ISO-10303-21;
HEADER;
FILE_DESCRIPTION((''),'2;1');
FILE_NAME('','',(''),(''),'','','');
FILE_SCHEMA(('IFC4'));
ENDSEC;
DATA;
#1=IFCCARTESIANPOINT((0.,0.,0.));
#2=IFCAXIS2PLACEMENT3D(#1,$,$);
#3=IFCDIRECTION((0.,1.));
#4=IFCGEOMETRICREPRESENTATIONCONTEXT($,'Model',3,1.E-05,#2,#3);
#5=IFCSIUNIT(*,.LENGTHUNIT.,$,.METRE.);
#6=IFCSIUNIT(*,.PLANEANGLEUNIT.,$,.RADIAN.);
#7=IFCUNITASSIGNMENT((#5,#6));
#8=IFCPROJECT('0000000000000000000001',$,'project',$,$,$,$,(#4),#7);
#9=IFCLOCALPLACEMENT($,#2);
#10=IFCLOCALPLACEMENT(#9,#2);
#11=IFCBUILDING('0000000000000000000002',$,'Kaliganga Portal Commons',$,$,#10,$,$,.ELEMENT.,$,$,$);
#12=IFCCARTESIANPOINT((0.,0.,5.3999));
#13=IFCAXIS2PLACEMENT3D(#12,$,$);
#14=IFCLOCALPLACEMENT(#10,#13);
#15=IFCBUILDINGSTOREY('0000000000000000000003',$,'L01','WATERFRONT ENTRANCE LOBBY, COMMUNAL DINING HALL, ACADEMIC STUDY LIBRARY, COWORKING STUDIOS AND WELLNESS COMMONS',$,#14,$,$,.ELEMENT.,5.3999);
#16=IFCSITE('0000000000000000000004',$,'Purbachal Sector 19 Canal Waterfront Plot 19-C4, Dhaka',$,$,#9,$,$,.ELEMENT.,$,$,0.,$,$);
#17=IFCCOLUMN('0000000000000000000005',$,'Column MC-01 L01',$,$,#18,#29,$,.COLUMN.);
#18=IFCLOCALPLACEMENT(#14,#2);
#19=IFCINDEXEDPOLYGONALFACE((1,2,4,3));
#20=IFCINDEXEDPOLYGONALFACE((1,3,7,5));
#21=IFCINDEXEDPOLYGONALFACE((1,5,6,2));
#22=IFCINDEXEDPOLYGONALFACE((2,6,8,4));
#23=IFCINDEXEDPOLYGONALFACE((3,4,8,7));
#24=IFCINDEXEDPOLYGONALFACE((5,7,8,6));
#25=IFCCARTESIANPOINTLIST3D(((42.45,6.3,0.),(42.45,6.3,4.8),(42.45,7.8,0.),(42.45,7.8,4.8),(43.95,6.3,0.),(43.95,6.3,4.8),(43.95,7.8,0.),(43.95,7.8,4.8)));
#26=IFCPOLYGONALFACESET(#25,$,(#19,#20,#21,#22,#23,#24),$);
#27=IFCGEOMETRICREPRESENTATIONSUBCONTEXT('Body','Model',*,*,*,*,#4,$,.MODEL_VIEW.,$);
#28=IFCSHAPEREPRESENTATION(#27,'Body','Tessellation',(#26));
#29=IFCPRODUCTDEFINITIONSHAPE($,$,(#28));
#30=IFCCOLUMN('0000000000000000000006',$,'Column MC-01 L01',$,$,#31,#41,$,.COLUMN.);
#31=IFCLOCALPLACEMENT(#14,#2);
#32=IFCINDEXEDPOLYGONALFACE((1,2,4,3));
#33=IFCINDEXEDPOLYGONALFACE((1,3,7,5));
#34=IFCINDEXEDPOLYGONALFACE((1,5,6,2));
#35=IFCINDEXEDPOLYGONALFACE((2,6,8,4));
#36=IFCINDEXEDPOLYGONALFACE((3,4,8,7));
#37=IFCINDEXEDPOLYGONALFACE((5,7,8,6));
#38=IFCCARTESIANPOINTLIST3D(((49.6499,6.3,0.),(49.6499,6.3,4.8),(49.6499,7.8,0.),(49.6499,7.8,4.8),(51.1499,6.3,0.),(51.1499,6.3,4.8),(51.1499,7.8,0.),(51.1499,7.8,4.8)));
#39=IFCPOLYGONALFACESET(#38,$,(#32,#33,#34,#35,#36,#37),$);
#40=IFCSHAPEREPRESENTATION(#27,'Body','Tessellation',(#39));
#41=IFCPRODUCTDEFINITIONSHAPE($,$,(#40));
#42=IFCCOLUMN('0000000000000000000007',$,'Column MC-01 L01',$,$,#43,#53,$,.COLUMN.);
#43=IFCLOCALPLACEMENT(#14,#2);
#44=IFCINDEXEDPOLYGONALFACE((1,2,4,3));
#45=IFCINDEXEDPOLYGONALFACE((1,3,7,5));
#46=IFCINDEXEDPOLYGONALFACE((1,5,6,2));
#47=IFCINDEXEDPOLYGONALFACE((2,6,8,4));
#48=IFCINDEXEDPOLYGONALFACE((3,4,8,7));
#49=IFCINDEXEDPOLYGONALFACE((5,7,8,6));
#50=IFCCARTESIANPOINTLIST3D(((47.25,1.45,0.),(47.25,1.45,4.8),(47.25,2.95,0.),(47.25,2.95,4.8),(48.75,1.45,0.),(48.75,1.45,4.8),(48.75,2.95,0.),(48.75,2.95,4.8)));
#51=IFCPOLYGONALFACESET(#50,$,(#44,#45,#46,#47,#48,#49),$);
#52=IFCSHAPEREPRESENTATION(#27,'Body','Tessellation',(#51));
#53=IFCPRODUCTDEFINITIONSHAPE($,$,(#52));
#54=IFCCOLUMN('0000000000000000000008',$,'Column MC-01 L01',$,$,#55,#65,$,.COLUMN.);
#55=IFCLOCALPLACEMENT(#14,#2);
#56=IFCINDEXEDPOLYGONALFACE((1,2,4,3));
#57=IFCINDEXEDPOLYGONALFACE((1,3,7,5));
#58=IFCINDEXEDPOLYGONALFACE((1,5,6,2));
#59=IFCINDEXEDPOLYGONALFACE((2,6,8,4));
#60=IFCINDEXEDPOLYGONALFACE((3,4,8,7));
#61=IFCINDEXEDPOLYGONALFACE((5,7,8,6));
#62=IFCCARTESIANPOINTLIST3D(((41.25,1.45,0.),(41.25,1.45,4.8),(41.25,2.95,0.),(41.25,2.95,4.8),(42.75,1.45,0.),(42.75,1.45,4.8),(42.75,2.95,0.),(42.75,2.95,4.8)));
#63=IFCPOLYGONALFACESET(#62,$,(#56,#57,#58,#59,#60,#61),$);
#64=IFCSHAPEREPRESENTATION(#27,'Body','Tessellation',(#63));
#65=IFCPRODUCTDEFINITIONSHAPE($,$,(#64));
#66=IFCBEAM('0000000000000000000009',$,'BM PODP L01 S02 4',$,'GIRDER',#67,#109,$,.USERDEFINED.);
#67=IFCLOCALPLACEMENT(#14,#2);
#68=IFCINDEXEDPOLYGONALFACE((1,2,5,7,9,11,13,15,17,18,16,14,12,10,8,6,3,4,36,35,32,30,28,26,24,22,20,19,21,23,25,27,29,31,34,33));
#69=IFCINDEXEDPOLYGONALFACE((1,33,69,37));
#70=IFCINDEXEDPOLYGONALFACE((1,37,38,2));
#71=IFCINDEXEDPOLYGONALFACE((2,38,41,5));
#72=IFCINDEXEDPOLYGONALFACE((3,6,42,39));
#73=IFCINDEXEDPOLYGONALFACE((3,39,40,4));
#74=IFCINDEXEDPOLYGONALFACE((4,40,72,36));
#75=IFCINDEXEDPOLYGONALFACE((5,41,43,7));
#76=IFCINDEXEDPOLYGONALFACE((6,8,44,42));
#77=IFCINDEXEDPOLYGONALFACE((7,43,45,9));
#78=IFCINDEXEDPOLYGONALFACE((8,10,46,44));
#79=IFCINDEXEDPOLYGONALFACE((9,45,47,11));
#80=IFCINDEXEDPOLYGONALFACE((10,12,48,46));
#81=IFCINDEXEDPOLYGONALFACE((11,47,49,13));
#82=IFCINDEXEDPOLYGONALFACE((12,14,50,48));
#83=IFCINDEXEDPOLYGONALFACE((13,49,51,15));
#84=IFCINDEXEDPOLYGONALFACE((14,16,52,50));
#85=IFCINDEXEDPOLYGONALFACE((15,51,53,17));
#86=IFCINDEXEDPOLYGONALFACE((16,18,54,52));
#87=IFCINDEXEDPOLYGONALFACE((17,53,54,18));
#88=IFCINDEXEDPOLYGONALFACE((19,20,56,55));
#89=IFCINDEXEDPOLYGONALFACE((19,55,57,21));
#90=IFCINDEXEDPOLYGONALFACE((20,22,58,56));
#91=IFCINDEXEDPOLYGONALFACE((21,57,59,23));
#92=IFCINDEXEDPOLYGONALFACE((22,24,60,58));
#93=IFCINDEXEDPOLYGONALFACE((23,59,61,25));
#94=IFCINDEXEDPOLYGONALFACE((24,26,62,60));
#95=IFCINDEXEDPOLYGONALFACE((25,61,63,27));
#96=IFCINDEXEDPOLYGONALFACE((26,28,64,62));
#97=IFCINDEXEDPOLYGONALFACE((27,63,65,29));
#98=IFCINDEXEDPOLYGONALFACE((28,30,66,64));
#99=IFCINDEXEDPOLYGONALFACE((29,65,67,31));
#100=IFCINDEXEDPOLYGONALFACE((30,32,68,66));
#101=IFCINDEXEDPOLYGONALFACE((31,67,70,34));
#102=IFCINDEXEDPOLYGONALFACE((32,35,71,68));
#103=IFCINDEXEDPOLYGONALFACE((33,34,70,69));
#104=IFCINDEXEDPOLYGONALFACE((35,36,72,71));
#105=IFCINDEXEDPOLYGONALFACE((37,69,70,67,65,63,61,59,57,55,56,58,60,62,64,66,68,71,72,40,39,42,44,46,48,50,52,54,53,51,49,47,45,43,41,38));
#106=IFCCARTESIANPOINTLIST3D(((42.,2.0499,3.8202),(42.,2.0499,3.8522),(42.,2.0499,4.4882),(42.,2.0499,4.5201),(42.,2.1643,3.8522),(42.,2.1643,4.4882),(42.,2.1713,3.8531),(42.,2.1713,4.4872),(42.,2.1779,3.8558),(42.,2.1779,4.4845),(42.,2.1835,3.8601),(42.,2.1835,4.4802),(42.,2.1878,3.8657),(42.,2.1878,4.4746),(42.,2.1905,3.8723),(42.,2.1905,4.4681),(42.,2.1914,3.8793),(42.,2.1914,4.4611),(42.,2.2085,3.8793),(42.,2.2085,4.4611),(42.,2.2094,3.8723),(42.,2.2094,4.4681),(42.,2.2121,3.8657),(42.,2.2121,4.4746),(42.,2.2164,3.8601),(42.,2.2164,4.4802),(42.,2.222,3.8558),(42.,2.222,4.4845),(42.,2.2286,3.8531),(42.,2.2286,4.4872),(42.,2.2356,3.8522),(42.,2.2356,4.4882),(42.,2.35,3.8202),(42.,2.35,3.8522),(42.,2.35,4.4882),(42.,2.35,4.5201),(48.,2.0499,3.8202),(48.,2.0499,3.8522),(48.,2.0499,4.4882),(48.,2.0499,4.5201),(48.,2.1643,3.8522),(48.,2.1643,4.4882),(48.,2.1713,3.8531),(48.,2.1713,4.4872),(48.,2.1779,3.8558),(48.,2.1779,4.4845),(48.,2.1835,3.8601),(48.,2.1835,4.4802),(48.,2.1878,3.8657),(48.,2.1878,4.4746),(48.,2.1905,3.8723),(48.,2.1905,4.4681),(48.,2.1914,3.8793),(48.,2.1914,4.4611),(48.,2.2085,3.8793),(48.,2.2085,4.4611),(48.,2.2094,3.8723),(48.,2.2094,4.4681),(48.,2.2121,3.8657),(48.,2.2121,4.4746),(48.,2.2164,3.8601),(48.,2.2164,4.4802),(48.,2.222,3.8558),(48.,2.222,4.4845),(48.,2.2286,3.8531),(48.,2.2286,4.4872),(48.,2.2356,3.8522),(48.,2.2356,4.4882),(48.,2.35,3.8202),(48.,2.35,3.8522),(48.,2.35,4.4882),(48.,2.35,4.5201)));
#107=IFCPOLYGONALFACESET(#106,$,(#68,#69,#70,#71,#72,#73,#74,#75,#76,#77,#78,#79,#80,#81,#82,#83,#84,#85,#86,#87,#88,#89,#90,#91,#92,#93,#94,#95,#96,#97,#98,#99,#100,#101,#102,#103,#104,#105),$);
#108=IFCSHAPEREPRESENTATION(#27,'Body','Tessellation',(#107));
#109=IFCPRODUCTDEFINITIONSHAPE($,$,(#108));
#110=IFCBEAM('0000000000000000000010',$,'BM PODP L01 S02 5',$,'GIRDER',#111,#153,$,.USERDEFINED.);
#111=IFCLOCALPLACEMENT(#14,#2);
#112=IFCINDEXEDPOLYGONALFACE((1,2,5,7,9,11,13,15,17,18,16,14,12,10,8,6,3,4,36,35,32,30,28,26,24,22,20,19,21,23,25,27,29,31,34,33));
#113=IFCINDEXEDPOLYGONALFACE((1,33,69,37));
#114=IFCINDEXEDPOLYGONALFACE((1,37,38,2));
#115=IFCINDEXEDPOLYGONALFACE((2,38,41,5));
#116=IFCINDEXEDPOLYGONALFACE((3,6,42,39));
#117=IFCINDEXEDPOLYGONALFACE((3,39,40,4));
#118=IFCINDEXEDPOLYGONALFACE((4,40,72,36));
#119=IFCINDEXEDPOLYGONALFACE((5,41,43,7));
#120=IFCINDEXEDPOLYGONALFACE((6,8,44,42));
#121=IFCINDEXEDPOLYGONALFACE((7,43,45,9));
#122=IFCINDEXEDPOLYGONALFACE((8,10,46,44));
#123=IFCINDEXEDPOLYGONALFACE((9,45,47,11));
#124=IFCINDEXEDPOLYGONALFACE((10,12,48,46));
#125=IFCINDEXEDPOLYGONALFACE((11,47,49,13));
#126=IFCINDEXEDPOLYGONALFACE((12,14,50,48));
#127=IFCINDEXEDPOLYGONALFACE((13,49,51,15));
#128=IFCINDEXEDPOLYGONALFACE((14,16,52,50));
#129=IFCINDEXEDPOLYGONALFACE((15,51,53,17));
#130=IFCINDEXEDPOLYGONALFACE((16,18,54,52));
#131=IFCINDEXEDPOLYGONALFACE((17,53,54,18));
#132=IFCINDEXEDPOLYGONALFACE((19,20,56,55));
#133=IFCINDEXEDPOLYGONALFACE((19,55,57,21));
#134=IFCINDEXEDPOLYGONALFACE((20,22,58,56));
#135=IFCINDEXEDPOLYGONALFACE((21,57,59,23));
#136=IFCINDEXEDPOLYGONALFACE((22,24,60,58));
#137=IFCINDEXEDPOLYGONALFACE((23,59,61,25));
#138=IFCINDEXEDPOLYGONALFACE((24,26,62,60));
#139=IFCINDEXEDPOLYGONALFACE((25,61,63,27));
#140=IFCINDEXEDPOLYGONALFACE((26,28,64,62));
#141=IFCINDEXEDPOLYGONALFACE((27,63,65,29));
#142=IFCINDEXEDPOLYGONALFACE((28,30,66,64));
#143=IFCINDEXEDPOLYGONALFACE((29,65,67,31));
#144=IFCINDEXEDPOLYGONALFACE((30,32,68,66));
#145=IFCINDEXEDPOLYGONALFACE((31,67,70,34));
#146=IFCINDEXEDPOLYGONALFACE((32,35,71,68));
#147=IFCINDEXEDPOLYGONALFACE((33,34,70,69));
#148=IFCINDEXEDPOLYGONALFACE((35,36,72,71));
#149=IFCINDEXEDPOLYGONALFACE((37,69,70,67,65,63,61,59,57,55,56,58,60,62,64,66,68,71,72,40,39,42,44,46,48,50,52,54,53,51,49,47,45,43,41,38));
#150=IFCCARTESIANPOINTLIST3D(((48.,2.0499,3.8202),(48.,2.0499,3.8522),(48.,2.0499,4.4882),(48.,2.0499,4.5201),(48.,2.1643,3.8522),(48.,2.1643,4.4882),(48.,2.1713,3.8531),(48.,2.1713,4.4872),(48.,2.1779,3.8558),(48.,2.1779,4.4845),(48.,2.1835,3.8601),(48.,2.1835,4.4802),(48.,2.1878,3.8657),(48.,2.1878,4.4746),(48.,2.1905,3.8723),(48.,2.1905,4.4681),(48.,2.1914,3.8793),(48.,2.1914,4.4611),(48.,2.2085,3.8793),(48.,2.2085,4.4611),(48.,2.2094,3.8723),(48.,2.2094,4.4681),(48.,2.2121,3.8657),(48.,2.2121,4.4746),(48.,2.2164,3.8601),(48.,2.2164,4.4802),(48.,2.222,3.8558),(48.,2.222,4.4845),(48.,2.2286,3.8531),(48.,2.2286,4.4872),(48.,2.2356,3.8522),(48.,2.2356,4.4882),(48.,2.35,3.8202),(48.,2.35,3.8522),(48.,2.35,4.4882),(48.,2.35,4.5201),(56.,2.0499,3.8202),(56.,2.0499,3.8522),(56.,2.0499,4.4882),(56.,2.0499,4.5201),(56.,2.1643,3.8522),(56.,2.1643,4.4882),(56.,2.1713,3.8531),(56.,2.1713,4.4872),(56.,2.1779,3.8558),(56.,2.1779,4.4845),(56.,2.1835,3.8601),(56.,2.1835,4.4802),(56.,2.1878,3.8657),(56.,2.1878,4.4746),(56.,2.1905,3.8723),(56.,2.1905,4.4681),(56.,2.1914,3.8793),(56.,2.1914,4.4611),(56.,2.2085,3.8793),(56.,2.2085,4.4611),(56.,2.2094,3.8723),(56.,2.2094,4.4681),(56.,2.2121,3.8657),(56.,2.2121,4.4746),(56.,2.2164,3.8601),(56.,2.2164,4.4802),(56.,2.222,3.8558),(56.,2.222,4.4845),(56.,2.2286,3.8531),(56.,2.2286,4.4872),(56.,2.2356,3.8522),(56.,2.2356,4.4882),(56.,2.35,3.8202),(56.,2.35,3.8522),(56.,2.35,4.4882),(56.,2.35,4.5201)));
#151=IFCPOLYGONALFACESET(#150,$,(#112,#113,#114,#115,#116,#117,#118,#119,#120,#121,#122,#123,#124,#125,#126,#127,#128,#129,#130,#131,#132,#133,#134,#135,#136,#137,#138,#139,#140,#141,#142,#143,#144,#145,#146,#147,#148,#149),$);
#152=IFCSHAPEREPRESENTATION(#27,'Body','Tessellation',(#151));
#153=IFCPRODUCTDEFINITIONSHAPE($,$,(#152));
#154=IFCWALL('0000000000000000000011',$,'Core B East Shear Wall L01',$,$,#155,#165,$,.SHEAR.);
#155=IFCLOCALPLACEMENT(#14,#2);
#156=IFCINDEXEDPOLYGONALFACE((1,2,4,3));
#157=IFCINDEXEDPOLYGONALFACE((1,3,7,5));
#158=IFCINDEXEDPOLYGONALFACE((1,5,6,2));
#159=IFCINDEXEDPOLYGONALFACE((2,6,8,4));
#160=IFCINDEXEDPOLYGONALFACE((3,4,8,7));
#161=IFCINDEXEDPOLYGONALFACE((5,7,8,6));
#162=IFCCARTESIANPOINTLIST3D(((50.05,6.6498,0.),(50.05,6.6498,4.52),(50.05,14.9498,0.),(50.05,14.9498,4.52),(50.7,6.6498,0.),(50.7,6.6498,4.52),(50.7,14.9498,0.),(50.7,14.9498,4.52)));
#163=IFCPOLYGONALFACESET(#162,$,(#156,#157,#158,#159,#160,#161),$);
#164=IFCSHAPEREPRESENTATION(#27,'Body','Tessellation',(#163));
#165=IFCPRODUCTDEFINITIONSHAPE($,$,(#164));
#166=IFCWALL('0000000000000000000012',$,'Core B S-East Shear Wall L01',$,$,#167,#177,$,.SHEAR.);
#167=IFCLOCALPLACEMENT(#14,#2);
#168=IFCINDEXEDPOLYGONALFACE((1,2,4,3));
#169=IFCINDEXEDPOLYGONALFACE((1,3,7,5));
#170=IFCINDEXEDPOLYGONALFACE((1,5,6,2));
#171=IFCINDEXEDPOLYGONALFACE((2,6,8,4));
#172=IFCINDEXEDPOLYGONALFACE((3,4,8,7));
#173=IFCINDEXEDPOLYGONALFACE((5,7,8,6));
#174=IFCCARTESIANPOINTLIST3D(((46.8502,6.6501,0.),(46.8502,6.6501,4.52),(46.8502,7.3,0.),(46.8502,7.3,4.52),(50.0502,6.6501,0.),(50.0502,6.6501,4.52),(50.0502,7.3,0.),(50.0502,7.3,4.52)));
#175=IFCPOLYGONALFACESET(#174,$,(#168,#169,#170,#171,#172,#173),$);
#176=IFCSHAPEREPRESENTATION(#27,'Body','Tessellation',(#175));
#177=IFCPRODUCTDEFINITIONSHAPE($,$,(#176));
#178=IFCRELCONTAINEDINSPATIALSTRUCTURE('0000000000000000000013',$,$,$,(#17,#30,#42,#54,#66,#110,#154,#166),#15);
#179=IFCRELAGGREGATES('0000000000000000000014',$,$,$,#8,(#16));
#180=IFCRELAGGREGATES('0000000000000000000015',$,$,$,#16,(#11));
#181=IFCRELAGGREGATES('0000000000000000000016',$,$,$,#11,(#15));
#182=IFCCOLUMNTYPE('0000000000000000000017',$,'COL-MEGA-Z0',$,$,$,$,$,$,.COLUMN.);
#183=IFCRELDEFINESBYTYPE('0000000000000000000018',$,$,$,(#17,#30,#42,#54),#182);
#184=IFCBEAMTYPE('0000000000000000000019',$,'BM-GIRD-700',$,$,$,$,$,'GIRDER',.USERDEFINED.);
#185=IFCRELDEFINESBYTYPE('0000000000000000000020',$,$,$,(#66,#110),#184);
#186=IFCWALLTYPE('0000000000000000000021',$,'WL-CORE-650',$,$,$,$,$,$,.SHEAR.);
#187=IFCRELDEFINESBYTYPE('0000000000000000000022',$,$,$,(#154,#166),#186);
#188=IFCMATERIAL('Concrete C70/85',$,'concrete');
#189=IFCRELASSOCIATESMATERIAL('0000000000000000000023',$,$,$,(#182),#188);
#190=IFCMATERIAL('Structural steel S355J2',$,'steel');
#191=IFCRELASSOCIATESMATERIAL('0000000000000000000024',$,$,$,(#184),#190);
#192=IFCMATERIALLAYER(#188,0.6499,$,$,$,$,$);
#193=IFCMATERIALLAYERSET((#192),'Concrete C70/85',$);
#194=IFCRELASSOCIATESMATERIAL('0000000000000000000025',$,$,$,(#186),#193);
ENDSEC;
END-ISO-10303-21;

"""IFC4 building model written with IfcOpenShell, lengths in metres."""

from ifc_helpers import new_model, si_unit, direction, frame, frame_2d, origin, origin_2d, place, context, subcontext, project, spatial, rectangle, i_section, extrude, source, transform, mapped, material, layer, layer_set, material_profile, profile_set, type_object, element, save


model = new_model("IFC4")

# Units and contexts
model_context = context("Model", 3, precision=1e-05, world=origin(), true_north=direction((0.0, 1.0)))
body_context = subcontext(model_context, "Body", "Model", "MODEL_VIEW")
ifc_project = project(units=[si_unit("LENGTHUNIT", "METRE"), si_unit("PLANEANGLEUNIT", "RADIAN")], contexts=[model_context])

# Site, building, storey
site_placement = place(None, origin())
site = spatial("IfcSite", under=ifc_project, at=site_placement, Name="Purbachal Sector 19 Canal Waterfront Plot 19-C4, Dhaka", CompositionType="ELEMENT", RefElevation=0.0)
building_placement = place(site_placement, origin())
building = spatial("IfcBuilding", under=site, at=building_placement, Name="Kaliganga Portal Commons", CompositionType="ELEMENT")
storey_placement = place(building_placement, frame((0.0, 0.0, 5.3999)))
storey = spatial("IfcBuildingStorey", under=building, at=storey_placement, Name="L01", Description="WATERFRONT ENTRANCE LOBBY, COMMUNAL DINING HALL, ACADEMIC STUDY LIBRARY, COWORKING STUDIOS AND WELLNESS COMMONS", CompositionType="ELEMENT", Elevation=5.3999)

# Columns
ifc_material_1 = material(Name="Concrete C70/85", Category="concrete")
ifc_material_profile_1 = material_profile(ifc_material_1, rectangle(XDim=1.5, YDim=1.5, at=origin_2d()), Name="RC 1500x1500")
ifc_profile_set_1 = profile_set([ifc_material_profile_1], Name="Concrete C70/85")
column_type = type_object("IfcColumnType", Name="COL-MEGA-Z0", PredefinedType="COLUMN", material=ifc_profile_set_1)
shared_shape_1 = source(origin(), body_context, "Body", "SweptSolid", [
    extrude(rectangle(XDim=1.5, YDim=1.5, at=origin_2d()), origin(), (0.0, 0.0, 1.0), 4.8),
])
for number, where, z_axis, x_axis, name in (
    (1, (43.2, 7.05, 0.0), (0.0, 0.0, 1.0), (1.0, 0.0, 0.0), "Column MC-01 L01"),
    (2, (50.3999, 7.05, 0.0), (0.0, 0.0, 1.0), (1.0, 0.0, 0.0), "Column MC-01 L01"),
    (3, (48.0, 2.2, 0.0), (0.0, 0.0, 1.0), (1.0, 0.0, 0.0), "Column MC-01 L01"),
    (4, (42.0, 2.2, 0.0), (0.0, 0.0, 1.0), (1.0, 0.0, 0.0), "Column MC-01 L01"),
):
    element("IfcColumn", number, at=place(storey_placement, frame(where, z_axis=z_axis, x_axis=x_axis)), inside=storey, type_object=column_type, Name=name, PredefinedType="COLUMN", context=body_context, shape_type="MappedRepresentation", body=[
        mapped(shared_shape_1, transform((0.0, 0.0, 0.0), x_axis=(1.0, 0.0, 0.0), y_axis=(0.0, 1.0, 0.0), z_axis=(0.0, 0.0, 1.0), scale=1.0)),
    ])

# Beams
ifc_material_2 = material(Name="Structural steel S355J2", Category="steel")
ifc_material_profile_2 = material_profile(ifc_material_2, i_section(OverallWidth=0.3, OverallDepth=0.7, WebThickness=0.0171, FlangeThickness=0.032, FilletRadius=0.0271, at=origin_2d()), Name="HE 700 B")
ifc_profile_set_2 = profile_set([ifc_material_profile_2], Name="Structural steel S355J2 wide-flange")
beam_type = type_object("IfcBeamType", Name="BM-GIRD-700", ElementType="GIRDER", PredefinedType="USERDEFINED", material=ifc_profile_set_2)
shared_shape_2 = source(origin(), body_context, "Body", "SweptSolid", [
    extrude(i_section(OverallWidth=0.3, OverallDepth=0.7, WebThickness=0.0171, FlangeThickness=0.032, FilletRadius=0.0271, at=origin_2d()), origin(), (0.0, 0.0, 1.0), 6.0),
])
beam_1_placement = place(storey_placement, frame((42.0, 2.2, 4.1702), z_axis=(1.0, 0.0, 0.0), x_axis=(0.0, 1.0, 0.0)))
element("IfcBeam", 5, at=beam_1_placement, inside=storey, type_object=beam_type, Name="BM PODP L01 S02 4", ObjectType="GIRDER", PredefinedType="USERDEFINED", context=body_context, shape_type="MappedRepresentation", body=[
    mapped(shared_shape_2, transform((0.0, 0.0, 0.0), x_axis=(1.0, 0.0, 0.0), y_axis=(0.0, 1.0, 0.0), z_axis=(0.0, 0.0, 1.0), scale=1.0)),
])
shared_shape_3 = source(origin(), body_context, "Body", "SweptSolid", [
    extrude(i_section(OverallWidth=0.3, OverallDepth=0.7, WebThickness=0.0171, FlangeThickness=0.032, FilletRadius=0.0271, at=origin_2d()), origin(), (0.0, 0.0, 1.0), 8.0),
])
beam_2_placement = place(storey_placement, frame((48.0, 2.2, 4.1702), z_axis=(1.0, 0.0, 0.0), x_axis=(0.0, 1.0, 0.0)))
element("IfcBeam", 6, at=beam_2_placement, inside=storey, type_object=beam_type, Name="BM PODP L01 S02 5", ObjectType="GIRDER", PredefinedType="USERDEFINED", context=body_context, shape_type="MappedRepresentation", body=[
    mapped(shared_shape_3, transform((0.0, 0.0, 0.0), x_axis=(1.0, 0.0, 0.0), y_axis=(0.0, 1.0, 0.0), z_axis=(0.0, 0.0, 1.0), scale=1.0)),
])

# Walls
ifc_layer_1 = layer(ifc_material_1, 0.6499)
ifc_layer_set_1 = layer_set([ifc_layer_1], Name="Concrete C70/85")
wall_type_1 = type_object("IfcWallType", Name="WL-CORE-650", PredefinedType="SHEAR", material=ifc_layer_set_1)
wall_1_placement = place(storey_placement, frame((50.375, 6.6499, 0.0), z_axis=(0.0, 0.0, 1.0), x_axis=(0.0, 1.0, 0.0)))
element("IfcWall", 7, at=wall_1_placement, inside=storey, type_object=wall_type_1, Name="Core B East Shear Wall L01", PredefinedType="SHEAR", context=body_context, shape_type="SweptSolid", body=[
    extrude(rectangle(XDim=8.3, YDim=0.6499, at=frame_2d((4.1499, 0.0))), origin(), (0.0, 0.0, 1.0), 4.52),
])
wall_2_placement = place(storey_placement, frame((46.8501, 6.9751, 0.0), z_axis=(0.0, 0.0, 1.0), x_axis=(1.0, 0.0, 0.0)))
element("IfcWall", 8, at=wall_2_placement, inside=storey, type_object=wall_type_1, Name="Core B S-East Shear Wall L01", PredefinedType="SHEAR", context=body_context, shape_type="SweptSolid", body=[
    extrude(rectangle(XDim=3.2, YDim=0.6499, at=frame_2d((1.6001, 0.0))), origin(), (0.0, 0.0, 1.0), 4.52),
])

save(model, "model.ifc")
